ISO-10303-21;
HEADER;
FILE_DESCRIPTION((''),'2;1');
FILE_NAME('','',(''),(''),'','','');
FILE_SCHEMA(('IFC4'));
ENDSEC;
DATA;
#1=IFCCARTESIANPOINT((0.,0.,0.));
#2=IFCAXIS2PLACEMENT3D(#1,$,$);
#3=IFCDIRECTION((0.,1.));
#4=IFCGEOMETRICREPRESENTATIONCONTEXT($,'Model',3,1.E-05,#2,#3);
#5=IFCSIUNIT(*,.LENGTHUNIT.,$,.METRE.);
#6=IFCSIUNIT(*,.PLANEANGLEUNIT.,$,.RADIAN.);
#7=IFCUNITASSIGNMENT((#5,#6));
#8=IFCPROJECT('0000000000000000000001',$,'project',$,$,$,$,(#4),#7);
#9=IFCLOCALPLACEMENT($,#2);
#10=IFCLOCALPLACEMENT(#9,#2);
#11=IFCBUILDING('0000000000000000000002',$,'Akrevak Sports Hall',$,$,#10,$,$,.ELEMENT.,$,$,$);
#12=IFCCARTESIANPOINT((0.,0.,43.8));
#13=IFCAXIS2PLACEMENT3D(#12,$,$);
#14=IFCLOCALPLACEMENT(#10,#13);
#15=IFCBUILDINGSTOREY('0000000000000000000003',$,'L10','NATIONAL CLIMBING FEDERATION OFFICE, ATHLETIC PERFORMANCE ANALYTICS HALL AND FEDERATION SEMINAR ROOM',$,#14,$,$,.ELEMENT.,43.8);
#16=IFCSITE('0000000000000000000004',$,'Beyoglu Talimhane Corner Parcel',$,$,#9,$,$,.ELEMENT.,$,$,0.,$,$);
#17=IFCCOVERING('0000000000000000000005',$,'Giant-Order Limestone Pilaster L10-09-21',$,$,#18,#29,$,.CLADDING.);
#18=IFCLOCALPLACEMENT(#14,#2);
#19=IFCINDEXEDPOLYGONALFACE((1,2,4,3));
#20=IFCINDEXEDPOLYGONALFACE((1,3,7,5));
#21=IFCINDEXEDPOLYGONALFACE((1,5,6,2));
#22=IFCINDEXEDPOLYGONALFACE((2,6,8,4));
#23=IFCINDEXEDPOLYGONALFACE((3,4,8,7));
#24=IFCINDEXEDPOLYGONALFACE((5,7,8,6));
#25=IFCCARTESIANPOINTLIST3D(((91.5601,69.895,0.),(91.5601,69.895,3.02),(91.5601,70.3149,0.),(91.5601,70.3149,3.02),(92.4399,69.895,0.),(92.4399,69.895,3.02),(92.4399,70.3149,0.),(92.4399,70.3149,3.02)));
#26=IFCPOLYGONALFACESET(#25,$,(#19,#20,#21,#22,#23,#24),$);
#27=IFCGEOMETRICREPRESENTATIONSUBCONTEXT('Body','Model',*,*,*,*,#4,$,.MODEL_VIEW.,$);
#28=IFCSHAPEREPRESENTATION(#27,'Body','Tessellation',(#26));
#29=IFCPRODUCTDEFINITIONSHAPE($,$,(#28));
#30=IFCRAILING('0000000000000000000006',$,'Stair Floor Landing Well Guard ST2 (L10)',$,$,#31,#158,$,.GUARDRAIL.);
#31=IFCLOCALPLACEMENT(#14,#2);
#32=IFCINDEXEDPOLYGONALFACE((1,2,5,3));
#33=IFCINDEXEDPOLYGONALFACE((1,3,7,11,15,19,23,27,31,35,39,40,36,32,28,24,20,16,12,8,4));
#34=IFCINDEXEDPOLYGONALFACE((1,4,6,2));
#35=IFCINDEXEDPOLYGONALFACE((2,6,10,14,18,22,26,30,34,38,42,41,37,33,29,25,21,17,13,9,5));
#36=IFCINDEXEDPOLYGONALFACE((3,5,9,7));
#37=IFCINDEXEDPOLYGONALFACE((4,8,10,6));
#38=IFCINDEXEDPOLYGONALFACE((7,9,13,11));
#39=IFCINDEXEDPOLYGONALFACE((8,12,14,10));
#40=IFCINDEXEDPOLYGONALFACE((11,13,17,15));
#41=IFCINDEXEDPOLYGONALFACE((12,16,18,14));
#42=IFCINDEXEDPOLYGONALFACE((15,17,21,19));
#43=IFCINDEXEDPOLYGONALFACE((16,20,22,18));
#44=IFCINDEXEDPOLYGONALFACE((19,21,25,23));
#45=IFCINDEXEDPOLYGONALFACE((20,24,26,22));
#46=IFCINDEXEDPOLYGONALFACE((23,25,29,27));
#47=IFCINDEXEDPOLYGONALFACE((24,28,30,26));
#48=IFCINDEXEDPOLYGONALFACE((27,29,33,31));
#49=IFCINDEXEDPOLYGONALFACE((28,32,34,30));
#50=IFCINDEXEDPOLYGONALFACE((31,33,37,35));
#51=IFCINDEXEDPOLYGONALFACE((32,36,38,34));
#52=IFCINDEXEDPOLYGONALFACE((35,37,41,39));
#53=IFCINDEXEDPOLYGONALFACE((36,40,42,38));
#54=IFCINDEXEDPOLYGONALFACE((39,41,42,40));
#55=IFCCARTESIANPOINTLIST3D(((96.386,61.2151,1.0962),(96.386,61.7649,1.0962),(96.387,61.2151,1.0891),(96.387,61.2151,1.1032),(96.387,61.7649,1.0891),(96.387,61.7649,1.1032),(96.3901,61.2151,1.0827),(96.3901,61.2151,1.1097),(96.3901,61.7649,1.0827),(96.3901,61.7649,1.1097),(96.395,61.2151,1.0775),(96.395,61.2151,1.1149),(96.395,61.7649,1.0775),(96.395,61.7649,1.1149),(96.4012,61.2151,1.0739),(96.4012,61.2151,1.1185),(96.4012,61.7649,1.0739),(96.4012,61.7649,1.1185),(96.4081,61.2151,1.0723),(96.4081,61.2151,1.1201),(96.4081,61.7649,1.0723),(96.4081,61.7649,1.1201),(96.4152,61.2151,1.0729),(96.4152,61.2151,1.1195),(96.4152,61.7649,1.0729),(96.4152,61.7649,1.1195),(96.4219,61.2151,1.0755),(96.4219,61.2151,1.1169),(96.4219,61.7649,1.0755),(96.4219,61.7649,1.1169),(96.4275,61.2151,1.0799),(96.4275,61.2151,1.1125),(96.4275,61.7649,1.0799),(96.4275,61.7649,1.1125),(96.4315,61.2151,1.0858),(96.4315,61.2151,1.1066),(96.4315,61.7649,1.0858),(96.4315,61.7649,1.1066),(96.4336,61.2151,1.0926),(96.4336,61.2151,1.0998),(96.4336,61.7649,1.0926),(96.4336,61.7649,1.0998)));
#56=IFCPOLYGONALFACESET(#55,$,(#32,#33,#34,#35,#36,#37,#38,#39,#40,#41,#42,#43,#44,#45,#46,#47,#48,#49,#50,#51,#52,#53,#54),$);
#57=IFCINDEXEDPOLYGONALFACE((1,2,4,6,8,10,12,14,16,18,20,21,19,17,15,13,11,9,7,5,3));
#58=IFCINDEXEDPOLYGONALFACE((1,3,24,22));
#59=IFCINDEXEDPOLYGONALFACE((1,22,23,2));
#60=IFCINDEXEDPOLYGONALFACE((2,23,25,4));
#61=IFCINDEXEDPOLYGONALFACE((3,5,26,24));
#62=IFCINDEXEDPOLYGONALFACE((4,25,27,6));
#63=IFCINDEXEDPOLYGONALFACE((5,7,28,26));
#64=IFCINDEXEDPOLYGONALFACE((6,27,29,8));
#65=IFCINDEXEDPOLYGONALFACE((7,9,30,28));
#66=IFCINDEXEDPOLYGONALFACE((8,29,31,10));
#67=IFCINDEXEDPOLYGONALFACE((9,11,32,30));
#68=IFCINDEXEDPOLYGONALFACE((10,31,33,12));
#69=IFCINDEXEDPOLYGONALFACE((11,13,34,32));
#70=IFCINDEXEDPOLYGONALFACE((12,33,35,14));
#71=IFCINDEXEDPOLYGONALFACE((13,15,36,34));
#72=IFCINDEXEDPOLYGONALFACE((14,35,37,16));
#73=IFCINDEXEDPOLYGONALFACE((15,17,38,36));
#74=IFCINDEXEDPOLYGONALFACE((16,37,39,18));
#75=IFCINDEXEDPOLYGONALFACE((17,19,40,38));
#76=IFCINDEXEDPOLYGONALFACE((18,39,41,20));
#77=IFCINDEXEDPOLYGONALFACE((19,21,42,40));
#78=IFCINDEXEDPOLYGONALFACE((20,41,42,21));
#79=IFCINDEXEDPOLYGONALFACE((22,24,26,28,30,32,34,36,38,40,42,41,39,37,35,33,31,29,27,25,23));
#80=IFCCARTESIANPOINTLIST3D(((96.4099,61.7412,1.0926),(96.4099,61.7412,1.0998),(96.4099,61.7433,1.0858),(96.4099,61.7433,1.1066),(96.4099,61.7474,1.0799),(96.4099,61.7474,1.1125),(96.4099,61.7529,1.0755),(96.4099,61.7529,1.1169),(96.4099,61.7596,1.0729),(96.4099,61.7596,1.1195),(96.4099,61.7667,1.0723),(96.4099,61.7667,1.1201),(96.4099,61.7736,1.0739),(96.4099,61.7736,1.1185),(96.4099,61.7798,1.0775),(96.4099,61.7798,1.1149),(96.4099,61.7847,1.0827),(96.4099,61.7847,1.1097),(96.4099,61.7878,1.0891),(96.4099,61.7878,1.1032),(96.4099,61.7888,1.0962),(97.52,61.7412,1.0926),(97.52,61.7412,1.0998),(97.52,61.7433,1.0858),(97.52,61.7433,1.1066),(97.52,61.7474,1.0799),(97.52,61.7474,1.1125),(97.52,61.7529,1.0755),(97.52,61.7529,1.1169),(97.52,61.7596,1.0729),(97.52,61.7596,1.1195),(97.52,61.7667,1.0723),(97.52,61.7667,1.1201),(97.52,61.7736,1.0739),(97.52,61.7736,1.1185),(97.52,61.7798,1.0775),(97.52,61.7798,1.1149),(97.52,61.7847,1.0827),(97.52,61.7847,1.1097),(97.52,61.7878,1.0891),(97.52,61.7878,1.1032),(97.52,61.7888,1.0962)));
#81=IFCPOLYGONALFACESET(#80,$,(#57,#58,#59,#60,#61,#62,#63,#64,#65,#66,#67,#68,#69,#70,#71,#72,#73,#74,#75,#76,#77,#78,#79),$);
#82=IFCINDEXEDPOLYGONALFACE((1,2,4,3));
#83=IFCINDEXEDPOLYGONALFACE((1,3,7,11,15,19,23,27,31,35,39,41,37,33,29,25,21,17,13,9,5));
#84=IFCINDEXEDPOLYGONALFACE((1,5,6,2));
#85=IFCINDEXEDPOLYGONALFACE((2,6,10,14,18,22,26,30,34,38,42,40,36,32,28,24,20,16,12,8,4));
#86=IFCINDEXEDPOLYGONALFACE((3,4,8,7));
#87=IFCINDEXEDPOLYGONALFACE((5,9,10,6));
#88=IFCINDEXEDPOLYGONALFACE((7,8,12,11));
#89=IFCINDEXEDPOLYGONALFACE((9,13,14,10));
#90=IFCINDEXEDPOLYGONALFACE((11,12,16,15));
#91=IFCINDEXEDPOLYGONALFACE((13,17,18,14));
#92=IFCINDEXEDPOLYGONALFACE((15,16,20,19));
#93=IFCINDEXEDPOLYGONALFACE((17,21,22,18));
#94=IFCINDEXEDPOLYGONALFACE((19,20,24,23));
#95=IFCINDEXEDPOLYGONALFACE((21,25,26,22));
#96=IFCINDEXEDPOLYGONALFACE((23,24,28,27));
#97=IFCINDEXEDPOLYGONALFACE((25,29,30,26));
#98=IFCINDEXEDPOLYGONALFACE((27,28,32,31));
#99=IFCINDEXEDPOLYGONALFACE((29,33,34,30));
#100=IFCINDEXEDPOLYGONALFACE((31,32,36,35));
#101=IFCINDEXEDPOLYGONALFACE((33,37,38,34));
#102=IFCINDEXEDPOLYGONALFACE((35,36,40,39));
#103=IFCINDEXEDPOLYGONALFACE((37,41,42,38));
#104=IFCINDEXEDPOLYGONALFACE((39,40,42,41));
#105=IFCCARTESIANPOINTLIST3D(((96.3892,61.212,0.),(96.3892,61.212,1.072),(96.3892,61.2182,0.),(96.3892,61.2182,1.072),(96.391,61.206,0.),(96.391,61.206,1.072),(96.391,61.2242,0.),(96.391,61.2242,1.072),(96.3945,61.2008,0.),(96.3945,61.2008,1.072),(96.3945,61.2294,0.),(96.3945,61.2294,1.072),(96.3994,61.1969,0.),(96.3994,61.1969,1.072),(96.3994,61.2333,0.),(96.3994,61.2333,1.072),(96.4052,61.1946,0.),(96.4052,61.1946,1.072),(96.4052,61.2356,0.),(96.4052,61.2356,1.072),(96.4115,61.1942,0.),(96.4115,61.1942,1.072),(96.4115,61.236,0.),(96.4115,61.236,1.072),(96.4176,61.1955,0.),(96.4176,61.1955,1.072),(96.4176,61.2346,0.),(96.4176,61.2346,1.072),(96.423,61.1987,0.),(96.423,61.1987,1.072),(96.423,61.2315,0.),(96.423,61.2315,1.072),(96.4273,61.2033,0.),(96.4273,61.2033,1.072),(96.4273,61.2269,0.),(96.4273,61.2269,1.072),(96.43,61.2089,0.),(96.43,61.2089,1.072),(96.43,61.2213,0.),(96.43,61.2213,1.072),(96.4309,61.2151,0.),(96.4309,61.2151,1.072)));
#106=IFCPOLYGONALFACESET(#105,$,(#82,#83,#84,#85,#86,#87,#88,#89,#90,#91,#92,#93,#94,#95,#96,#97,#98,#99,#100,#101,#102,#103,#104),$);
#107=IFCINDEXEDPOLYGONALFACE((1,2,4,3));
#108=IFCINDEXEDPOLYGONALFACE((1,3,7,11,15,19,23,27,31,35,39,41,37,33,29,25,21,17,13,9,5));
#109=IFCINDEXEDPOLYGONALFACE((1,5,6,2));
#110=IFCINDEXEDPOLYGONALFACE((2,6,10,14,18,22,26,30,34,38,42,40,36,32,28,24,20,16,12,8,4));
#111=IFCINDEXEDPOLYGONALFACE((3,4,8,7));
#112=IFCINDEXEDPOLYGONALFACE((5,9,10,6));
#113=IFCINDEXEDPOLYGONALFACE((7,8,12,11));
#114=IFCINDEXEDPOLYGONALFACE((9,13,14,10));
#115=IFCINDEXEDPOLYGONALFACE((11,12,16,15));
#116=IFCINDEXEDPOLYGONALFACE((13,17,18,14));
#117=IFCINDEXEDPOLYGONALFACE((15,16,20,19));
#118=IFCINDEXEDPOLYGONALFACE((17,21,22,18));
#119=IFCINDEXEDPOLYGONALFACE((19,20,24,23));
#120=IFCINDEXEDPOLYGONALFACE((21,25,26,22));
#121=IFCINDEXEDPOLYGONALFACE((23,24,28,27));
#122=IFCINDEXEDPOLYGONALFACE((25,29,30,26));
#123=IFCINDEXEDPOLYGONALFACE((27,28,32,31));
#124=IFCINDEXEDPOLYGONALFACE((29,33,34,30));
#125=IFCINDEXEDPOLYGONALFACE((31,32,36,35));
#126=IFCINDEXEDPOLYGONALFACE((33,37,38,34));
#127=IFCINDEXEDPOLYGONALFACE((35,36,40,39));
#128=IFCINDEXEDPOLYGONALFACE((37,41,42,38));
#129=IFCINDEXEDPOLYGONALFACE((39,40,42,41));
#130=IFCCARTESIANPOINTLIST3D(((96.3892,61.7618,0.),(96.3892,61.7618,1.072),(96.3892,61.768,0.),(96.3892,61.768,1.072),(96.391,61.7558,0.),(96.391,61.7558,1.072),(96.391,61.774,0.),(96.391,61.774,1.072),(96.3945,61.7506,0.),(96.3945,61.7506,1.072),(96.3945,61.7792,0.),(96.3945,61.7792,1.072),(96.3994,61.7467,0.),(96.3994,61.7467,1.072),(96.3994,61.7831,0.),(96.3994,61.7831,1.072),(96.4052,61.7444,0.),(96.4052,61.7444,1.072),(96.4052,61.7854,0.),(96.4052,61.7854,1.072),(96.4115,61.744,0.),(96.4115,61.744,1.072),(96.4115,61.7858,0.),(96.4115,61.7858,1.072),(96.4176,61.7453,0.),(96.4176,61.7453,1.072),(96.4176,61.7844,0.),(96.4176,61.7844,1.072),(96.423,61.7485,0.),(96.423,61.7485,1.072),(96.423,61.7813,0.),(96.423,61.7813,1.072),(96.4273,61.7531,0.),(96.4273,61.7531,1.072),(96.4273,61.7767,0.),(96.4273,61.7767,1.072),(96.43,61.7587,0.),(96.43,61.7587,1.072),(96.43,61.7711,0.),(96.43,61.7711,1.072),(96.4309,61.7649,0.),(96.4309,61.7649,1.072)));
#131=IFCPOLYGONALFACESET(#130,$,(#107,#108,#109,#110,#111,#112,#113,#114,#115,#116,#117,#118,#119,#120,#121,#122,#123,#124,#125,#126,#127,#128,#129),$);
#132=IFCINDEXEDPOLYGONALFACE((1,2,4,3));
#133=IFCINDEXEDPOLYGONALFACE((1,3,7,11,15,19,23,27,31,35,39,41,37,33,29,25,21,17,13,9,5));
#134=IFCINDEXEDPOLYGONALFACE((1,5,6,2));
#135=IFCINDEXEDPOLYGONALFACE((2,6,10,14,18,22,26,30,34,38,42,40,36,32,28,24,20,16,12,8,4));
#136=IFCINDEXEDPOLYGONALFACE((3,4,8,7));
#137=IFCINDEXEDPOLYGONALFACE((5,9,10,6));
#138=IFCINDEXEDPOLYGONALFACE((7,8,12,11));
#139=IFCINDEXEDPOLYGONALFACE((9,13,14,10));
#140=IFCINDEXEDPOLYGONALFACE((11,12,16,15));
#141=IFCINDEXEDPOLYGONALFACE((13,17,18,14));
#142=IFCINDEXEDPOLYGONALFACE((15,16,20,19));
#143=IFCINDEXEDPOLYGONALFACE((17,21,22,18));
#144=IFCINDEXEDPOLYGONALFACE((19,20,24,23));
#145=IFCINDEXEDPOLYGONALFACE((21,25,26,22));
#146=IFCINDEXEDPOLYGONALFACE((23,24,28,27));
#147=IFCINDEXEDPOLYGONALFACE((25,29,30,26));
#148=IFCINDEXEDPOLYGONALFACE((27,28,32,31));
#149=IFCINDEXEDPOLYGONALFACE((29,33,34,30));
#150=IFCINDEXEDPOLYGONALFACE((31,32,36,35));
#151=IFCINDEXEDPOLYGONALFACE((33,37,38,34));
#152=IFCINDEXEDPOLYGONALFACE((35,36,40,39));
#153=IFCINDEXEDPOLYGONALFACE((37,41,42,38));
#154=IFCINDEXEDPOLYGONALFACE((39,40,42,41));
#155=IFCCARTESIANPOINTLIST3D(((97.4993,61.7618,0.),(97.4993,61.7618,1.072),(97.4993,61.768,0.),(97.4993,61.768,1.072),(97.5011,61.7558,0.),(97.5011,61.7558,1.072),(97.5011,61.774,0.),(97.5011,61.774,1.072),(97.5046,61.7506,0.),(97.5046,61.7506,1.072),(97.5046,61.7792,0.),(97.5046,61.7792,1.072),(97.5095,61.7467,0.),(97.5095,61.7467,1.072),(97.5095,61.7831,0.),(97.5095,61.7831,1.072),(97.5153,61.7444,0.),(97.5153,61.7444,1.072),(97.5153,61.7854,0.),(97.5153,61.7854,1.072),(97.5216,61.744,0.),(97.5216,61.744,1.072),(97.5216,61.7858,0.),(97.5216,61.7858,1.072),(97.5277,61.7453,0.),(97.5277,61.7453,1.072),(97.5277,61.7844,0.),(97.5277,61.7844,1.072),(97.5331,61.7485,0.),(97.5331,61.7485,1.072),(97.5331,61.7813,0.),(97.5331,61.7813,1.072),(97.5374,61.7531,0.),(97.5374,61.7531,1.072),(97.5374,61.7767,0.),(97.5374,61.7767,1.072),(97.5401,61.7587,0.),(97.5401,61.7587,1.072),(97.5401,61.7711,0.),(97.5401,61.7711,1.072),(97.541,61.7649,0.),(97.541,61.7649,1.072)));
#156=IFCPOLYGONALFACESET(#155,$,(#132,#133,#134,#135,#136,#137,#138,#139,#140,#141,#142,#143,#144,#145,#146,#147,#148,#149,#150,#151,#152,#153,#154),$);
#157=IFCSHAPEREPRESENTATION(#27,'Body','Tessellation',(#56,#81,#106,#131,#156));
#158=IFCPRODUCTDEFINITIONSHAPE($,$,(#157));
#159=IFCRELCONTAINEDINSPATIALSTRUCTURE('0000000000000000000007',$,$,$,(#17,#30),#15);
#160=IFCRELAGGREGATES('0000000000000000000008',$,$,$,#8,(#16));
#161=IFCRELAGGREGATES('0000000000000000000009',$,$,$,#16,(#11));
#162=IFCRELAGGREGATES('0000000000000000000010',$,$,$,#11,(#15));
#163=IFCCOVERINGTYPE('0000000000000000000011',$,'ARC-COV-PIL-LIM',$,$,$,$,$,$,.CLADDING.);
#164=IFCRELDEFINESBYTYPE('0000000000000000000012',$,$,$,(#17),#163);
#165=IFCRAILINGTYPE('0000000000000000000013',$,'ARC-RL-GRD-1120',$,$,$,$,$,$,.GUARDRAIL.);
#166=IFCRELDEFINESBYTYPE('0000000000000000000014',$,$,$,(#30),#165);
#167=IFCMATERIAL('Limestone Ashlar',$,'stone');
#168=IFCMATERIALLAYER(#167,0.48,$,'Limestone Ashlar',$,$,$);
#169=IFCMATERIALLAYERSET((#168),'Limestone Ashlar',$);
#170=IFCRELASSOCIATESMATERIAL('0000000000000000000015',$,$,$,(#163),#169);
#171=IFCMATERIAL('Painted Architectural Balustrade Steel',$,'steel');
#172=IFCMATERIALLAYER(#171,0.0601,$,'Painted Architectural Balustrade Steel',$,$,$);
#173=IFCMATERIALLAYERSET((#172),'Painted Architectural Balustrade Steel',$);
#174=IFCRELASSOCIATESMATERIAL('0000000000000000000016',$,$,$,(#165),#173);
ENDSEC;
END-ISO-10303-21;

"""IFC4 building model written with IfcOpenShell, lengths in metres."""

from ifc_helpers import new_model, si_unit, direction, frame, origin, origin_2d, place, context, subcontext, project, spatial, rectangle, circle, extrude, material, layer, layer_set, type_object, element, save


model = new_model("IFC4")

# Units and contexts
model_context = context("Model", 3, precision=1e-05, world=origin(), true_north=direction((0.0, 1.0)))
body_context = subcontext(model_context, "Body", "Model", "MODEL_VIEW")
ifc_project = project(units=[si_unit("LENGTHUNIT", "METRE"), si_unit("PLANEANGLEUNIT", "RADIAN")], contexts=[model_context])

# Site, building, storey
site_placement = place(None, origin())
site = spatial("IfcSite", under=ifc_project, at=site_placement, Name="Beyoglu Talimhane Corner Parcel", CompositionType="ELEMENT", RefElevation=0.0)
building_placement = place(site_placement, origin())
building = spatial("IfcBuilding", under=site, at=building_placement, Name="Akrevak Sports Hall", CompositionType="ELEMENT")
storey_placement = place(building_placement, frame((0.0, 0.0, 43.8)))
storey = spatial("IfcBuildingStorey", under=building, at=storey_placement, Name="L10", Description="NATIONAL CLIMBING FEDERATION OFFICE, ATHLETIC PERFORMANCE ANALYTICS HALL AND FEDERATION SEMINAR ROOM", CompositionType="ELEMENT", Elevation=43.8)

# Covering
ifc_material_1 = material(Name="Limestone Ashlar", Category="stone")
ifc_layer_1 = layer(ifc_material_1, 0.48, Name="Limestone Ashlar")
ifc_layer_set_1 = layer_set([ifc_layer_1], Name="Limestone Ashlar")
covering_type = type_object("IfcCoveringType", Name="ARC-COV-PIL-LIM", PredefinedType="CLADDING", material=ifc_layer_set_1)
covering_placement = place(storey_placement, frame((92.0, 70.105, 0.0), z_axis=(0.0, 0.0, 1.0), x_axis=(-1.0, 0.0, 0.0)))
element("IfcCovering", 1, at=covering_placement, inside=storey, type_object=covering_type, Name="Giant-Order Limestone Pilaster L10-09-21", PredefinedType="CLADDING", context=body_context, shape_type="SweptSolid", body=[
    extrude(rectangle(XDim=0.8799, YDim=0.4199, at=origin_2d()), origin(), (0.0, 0.0, 1.0), 3.02),
])

# Railing
ifc_material_2 = material(Name="Painted Architectural Balustrade Steel", Category="steel")
ifc_layer_2 = layer(ifc_material_2, 0.0601, Name="Painted Architectural Balustrade Steel")
ifc_layer_set_2 = layer_set([ifc_layer_2], Name="Painted Architectural Balustrade Steel")
railing_type_1 = type_object("IfcRailingType", Name="ARC-RL-GRD-1120", PredefinedType="GUARDRAIL", material=ifc_layer_set_2)
railing_1_placement = place(storey_placement, frame((96.4099, 61.2151, 0.0)))
element("IfcRailing", 2, at=railing_1_placement, inside=storey, type_object=railing_type_1, Name="Stair Floor Landing Well Guard ST2 (L10)", PredefinedType="GUARDRAIL", context=body_context, shape_type="SweptSolid", body=[
    extrude(circle(Radius=0.0239, at=origin_2d()), frame((0.0, 0.0, 1.0962), z_axis=(0.0, 1.0, 0.0), x_axis=(-1.0, 0.0, 0.0)), (0.0, 0.0, 1.0), 0.5498),
    extrude(circle(Radius=0.0239, at=origin_2d()), frame((0.0, 0.5498, 1.0962), z_axis=(1.0, 0.0, 0.0), x_axis=(0.0, 1.0, 0.0)), (0.0, 0.0, 1.0), 1.1101),
    extrude(circle(Radius=0.021, at=origin_2d()), origin(), (0.0, 0.0, 1.0), 1.072),
    extrude(circle(Radius=0.021, at=origin_2d()), frame((0.0, 0.5498, 0.0)), (0.0, 0.0, 1.0), 1.072),
    extrude(circle(Radius=0.021, at=origin_2d()), frame((1.1101, 0.5498, 0.0)), (0.0, 0.0, 1.0), 1.072),
])

save(model, "model.ifc")
